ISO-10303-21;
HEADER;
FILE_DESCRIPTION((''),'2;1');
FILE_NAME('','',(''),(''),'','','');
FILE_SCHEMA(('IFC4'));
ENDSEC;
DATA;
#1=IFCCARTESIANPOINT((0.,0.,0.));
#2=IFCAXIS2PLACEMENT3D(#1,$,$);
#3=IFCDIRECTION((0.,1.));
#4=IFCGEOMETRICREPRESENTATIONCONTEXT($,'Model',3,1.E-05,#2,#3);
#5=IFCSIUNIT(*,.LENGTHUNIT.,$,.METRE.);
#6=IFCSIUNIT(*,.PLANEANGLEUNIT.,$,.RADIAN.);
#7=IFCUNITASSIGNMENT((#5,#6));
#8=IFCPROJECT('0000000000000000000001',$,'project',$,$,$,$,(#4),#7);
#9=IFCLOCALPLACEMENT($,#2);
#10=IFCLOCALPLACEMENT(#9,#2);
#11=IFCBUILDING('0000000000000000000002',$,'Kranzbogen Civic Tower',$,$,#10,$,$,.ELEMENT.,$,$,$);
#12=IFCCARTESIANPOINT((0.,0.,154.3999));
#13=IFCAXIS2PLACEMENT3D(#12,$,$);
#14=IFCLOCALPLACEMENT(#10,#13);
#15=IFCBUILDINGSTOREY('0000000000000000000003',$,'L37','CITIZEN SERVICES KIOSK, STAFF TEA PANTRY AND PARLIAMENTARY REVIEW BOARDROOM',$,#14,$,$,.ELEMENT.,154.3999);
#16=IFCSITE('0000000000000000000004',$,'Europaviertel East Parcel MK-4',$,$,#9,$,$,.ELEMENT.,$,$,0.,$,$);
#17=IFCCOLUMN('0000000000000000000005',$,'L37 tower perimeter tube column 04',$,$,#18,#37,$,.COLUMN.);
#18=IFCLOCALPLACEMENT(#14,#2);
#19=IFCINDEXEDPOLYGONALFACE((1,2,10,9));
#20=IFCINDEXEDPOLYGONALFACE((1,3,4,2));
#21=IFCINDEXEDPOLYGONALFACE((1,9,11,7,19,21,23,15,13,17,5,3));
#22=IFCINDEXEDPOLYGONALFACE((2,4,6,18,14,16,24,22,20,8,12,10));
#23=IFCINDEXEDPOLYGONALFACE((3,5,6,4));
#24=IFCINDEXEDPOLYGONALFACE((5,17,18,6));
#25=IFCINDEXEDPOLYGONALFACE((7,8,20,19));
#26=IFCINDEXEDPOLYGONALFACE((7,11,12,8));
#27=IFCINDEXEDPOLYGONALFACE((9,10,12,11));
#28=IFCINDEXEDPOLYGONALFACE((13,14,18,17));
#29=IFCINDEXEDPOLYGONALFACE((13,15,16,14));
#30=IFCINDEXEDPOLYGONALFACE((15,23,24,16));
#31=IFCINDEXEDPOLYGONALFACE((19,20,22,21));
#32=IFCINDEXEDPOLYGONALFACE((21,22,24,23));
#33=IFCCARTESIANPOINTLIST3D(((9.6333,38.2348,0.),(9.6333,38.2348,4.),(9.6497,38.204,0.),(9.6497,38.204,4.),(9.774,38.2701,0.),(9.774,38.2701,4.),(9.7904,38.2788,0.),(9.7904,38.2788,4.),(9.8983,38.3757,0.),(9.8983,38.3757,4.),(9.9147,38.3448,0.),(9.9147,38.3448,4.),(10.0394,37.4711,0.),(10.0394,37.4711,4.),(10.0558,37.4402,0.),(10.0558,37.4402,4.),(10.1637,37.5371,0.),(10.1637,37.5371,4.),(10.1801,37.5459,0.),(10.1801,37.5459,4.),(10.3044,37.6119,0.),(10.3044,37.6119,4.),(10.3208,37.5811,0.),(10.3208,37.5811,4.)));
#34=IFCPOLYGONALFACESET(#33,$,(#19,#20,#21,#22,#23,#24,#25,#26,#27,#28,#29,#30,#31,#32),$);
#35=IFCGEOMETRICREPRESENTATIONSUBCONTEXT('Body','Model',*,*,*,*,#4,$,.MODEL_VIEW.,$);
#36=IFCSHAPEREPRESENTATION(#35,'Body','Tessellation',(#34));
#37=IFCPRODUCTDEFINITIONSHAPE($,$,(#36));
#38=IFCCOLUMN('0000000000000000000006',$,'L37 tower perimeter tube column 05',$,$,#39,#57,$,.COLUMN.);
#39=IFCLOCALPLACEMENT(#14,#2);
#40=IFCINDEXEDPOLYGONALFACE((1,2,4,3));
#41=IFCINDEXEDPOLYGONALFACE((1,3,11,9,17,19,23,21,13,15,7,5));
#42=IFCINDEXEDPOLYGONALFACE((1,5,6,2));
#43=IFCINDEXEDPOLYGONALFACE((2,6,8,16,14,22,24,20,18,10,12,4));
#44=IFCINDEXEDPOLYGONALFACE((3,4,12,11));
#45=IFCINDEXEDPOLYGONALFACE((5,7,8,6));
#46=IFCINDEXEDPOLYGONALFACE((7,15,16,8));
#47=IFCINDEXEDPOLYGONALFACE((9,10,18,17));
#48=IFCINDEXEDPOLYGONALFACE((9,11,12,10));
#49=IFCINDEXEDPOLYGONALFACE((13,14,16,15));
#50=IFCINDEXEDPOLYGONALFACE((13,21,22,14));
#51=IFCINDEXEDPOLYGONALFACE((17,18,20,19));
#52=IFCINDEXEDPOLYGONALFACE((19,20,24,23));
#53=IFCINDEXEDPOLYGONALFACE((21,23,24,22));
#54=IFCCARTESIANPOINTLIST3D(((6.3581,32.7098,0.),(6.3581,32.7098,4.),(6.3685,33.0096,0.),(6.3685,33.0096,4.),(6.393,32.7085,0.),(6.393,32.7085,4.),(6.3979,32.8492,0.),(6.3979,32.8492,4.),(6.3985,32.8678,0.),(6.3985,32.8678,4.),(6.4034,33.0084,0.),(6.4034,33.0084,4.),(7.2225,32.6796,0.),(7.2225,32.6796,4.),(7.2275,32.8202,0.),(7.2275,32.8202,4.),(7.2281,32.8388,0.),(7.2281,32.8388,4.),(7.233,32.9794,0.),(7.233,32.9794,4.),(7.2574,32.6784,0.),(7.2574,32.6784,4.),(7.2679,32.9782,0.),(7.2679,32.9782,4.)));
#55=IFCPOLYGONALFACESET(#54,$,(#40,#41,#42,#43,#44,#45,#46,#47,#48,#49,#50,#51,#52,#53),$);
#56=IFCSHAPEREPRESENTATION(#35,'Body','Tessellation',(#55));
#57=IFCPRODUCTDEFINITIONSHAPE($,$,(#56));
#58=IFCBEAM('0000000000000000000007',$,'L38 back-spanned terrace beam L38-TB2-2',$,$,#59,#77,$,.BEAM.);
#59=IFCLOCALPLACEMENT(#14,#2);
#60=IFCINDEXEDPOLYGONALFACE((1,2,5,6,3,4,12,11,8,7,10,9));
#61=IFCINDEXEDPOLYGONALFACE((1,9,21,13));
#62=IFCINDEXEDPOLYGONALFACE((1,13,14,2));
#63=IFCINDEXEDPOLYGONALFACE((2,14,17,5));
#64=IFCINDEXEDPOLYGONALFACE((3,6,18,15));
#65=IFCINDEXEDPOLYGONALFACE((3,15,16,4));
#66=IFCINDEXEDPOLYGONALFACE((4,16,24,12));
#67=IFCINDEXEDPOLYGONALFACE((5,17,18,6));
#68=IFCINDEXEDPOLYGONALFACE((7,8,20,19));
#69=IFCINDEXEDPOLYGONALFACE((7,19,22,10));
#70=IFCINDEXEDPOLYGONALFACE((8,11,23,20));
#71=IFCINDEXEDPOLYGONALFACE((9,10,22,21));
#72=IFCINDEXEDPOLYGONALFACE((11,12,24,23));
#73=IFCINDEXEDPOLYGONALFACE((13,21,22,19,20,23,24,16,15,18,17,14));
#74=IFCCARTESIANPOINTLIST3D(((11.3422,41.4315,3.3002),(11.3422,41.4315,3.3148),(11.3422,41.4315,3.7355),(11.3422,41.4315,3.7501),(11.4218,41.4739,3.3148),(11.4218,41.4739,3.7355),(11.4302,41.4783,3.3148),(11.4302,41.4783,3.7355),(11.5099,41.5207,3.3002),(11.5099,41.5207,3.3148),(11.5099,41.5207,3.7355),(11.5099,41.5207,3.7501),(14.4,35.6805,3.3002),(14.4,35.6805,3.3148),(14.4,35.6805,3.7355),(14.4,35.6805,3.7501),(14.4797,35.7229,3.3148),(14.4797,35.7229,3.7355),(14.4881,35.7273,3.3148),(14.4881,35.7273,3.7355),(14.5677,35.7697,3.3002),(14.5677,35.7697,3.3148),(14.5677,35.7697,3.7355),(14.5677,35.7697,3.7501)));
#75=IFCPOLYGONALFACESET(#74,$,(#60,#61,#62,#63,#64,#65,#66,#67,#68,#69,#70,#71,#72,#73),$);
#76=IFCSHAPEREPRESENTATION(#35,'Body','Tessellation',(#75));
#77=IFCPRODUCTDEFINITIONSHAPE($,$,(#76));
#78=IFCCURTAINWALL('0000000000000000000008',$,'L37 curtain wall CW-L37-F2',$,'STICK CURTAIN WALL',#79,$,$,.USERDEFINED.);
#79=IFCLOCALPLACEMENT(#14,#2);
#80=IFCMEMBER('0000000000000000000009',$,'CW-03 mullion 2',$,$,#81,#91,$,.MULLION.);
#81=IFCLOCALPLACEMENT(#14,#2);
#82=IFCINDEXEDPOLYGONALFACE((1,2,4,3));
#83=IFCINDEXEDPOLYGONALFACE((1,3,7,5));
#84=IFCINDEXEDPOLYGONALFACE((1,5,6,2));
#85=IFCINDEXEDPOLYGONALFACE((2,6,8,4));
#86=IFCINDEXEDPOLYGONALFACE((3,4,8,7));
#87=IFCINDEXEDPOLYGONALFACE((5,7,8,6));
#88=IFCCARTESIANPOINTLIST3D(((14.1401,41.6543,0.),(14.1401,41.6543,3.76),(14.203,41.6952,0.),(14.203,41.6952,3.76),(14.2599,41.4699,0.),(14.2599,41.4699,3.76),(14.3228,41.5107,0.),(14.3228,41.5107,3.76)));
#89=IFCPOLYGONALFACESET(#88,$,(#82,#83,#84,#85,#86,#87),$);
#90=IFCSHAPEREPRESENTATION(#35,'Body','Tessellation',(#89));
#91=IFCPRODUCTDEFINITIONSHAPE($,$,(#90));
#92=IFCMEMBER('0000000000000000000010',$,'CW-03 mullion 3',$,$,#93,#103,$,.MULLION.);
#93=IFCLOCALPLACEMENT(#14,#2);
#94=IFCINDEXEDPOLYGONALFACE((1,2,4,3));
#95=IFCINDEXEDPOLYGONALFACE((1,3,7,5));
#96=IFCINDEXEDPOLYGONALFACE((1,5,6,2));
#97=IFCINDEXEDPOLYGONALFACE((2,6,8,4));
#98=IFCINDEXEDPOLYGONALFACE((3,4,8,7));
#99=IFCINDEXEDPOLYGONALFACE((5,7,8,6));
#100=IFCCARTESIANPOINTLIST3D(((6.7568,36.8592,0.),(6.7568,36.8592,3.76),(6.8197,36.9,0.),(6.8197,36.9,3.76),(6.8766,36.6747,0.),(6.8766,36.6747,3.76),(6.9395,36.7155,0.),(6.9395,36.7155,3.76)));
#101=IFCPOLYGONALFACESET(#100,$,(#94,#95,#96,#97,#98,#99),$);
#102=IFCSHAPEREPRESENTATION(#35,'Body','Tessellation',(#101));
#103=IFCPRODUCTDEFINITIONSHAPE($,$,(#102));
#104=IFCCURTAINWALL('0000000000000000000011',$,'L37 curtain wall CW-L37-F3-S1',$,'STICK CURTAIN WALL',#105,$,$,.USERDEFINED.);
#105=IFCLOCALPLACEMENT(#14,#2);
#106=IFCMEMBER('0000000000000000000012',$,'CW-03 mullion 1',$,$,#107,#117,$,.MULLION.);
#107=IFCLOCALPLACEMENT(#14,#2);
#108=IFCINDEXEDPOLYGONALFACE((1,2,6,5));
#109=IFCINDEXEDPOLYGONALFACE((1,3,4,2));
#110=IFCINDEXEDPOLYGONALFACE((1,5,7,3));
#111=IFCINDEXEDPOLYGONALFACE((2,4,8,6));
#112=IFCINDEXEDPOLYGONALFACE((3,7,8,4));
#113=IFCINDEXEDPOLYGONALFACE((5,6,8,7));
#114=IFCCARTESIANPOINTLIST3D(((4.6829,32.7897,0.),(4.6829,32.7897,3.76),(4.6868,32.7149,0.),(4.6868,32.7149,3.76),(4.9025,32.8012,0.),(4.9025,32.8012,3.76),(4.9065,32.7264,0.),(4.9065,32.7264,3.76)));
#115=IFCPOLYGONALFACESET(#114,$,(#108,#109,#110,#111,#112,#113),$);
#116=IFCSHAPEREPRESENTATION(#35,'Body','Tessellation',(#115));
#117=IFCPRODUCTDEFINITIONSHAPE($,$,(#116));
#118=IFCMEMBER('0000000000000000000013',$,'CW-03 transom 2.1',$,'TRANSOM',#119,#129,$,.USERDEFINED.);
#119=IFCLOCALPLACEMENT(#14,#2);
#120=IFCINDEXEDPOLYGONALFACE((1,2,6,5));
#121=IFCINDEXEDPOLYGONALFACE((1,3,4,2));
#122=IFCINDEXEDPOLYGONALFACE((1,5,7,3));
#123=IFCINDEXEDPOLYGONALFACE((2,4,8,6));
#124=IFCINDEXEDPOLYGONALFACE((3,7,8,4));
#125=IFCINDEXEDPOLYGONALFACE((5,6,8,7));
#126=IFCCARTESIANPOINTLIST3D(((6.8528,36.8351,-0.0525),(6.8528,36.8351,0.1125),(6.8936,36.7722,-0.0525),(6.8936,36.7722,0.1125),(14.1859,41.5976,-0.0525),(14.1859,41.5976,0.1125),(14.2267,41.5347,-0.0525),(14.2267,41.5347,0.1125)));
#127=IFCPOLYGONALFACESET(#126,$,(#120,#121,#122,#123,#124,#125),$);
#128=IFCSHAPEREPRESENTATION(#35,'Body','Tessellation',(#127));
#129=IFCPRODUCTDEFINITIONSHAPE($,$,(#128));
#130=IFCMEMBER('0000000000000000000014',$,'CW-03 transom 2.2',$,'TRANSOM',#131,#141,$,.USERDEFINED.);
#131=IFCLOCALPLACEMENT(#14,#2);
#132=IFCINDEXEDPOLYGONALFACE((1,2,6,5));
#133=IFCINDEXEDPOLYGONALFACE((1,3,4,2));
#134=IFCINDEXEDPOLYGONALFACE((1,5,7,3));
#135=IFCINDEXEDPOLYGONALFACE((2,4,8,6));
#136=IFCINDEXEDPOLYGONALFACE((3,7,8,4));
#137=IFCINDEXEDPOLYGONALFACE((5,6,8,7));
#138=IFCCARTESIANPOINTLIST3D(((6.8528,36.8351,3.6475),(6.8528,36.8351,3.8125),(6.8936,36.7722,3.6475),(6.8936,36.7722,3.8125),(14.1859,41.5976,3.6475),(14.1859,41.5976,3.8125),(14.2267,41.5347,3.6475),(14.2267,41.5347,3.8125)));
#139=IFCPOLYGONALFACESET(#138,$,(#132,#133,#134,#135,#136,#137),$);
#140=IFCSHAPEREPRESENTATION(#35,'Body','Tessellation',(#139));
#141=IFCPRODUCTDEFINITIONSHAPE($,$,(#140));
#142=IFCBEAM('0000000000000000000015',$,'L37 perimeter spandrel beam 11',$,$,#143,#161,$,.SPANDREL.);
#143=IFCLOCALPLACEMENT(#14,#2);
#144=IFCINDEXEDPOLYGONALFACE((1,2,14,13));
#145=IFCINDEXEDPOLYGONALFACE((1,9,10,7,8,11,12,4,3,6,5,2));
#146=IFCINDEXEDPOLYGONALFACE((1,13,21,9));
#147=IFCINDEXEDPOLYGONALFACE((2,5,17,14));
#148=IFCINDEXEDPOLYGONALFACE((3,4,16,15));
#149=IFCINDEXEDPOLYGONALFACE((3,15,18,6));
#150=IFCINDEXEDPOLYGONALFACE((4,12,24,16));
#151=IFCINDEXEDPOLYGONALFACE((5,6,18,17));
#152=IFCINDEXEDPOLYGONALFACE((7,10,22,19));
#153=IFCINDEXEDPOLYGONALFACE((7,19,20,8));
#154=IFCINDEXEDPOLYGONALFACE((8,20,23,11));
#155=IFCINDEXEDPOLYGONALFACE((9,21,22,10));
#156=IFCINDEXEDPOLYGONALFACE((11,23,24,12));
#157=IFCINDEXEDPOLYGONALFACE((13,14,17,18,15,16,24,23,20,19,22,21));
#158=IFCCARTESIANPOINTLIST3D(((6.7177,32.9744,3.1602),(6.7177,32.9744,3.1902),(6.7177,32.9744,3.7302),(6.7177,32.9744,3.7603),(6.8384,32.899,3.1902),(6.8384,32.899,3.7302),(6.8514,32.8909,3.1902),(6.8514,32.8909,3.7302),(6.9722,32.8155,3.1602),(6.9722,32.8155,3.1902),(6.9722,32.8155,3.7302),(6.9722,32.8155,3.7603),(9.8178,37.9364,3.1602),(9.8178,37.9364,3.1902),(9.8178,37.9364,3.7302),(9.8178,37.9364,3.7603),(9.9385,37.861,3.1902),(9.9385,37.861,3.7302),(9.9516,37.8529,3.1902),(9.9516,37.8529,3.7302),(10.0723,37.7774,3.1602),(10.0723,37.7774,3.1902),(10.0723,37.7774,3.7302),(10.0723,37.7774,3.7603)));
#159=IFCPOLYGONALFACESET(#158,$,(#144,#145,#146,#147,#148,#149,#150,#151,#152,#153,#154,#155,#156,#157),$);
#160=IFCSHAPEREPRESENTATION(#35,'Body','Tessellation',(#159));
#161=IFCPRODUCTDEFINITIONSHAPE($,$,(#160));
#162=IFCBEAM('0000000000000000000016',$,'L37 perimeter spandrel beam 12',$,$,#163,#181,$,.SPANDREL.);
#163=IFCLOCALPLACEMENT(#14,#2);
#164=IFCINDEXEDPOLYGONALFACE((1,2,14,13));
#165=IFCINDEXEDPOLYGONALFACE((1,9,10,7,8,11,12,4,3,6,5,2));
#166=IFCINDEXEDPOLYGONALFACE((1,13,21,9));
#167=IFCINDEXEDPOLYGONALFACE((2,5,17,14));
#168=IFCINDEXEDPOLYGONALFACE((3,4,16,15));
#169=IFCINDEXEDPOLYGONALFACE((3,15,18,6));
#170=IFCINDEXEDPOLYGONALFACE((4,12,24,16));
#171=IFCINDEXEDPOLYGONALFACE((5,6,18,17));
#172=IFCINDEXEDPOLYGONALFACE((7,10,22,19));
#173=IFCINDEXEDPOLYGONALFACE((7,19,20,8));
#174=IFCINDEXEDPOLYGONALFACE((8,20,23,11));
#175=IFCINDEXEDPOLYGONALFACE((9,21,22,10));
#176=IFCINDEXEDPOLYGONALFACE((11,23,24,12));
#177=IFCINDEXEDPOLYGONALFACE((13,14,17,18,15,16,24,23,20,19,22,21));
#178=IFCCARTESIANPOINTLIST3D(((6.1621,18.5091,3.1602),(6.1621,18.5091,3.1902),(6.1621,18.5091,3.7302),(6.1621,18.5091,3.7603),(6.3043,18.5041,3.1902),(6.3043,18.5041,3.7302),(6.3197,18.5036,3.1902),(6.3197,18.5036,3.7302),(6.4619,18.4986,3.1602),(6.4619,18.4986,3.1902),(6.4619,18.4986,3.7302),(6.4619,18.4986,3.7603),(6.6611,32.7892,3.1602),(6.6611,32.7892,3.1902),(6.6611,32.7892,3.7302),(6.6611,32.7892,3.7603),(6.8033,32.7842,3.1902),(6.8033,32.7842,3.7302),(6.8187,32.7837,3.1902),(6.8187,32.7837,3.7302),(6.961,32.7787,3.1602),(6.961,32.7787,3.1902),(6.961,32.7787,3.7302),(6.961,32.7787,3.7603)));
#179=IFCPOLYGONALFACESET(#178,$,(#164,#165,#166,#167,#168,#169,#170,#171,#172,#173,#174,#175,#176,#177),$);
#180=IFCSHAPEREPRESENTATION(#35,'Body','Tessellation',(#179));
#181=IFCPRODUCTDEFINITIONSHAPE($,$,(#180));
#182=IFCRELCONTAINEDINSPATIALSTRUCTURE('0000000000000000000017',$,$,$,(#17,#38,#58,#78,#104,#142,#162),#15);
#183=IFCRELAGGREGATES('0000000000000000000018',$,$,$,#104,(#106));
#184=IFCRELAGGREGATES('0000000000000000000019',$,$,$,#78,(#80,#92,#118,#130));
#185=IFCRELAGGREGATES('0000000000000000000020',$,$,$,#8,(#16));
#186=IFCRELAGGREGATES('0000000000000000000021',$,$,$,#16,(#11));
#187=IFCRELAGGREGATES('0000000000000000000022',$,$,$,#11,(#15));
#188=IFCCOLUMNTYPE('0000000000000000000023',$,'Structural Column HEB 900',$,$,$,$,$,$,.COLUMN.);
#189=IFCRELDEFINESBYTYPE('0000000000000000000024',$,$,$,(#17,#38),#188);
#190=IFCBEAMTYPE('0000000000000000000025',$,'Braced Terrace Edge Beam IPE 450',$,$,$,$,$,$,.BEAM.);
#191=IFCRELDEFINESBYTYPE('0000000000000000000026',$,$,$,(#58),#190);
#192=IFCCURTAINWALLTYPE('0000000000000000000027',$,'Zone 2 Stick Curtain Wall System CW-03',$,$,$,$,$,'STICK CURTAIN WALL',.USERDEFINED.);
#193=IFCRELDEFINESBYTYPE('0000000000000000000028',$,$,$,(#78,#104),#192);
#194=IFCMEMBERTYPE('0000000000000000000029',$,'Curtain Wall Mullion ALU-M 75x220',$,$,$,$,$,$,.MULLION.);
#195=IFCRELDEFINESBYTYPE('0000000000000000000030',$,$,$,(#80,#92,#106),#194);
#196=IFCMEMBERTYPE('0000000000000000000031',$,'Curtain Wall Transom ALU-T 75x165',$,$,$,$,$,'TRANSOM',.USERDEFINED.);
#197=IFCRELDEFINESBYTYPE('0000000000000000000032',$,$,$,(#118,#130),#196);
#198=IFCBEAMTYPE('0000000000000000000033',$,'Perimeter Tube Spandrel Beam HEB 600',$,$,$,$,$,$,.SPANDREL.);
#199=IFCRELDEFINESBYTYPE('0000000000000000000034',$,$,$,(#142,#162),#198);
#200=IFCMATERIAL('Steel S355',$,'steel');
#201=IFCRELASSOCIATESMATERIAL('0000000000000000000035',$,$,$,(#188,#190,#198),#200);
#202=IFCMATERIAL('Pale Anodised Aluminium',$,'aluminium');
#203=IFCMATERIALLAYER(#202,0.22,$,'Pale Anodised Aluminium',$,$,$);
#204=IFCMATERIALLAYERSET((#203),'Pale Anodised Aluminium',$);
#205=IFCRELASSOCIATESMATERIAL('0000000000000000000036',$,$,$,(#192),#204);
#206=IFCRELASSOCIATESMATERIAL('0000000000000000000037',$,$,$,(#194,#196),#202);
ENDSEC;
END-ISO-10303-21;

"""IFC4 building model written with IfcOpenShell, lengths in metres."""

from ifc_helpers import new_model, si_unit, direction, frame, origin, origin_2d, place, context, subcontext, project, spatial, rectangle, i_section, extrude, material, layer, layer_set, material_profile, profile_set, type_object, element, aggregate, save


model = new_model("IFC4")

# Units and contexts
model_context = context("Model", 3, precision=1e-05, world=origin(), true_north=direction((0.0, 1.0)))
body_context = subcontext(model_context, "Body", "Model", "MODEL_VIEW")
ifc_project = project(units=[si_unit("LENGTHUNIT", "METRE"), si_unit("PLANEANGLEUNIT", "RADIAN")], contexts=[model_context])

# Site, building, storey
site_placement = place(None, origin())
site = spatial("IfcSite", under=ifc_project, at=site_placement, Name="Europaviertel East Parcel MK-4", CompositionType="ELEMENT", RefElevation=0.0)
building_placement = place(site_placement, origin())
building = spatial("IfcBuilding", under=site, at=building_placement, Name="Kranzbogen Civic Tower", CompositionType="ELEMENT")
storey_placement = place(building_placement, frame((0.0, 0.0, 154.3999)))
storey = spatial("IfcBuildingStorey", under=building, at=storey_placement, Name="L37", Description="CITIZEN SERVICES KIOSK, STAFF TEA PANTRY AND PARLIAMENTARY REVIEW BOARDROOM", CompositionType="ELEMENT", Elevation=154.3999)

# Columns
ifc_material_1 = material(Name="Steel S355", Category="steel")
ifc_material_profile_1 = material_profile(ifc_material_1, i_section(OverallWidth=0.3, OverallDepth=0.8999, WebThickness=0.0186, FlangeThickness=0.0349, at=origin_2d()), Name="HEB 900")
ifc_profile_set_1 = profile_set([ifc_material_profile_1], Name="Steel S355")
column_type = type_object("IfcColumnType", Name="Structural Column HEB 900", PredefinedType="COLUMN", material=ifc_profile_set_1)
for number, where, z_axis, x_axis, name in (
    (1, (9.9771, 37.908, 0.0), (0.0, 0.0, 1.0), (0.882948, 0.469472, 0.0), "L37 tower perimeter tube column 04"),
    (2, (6.813, 32.844, 0.0), (0.0, 0.0, 1.0), (0.034899, 0.999391, 0.0), "L37 tower perimeter tube column 05"),
):
    element("IfcColumn", number, at=place(storey_placement, frame(where, z_axis=z_axis, x_axis=x_axis)), inside=storey, type_object=column_type, Name=name, PredefinedType="COLUMN", context=body_context, shape_type="SweptSolid", body=[
        extrude(i_section(OverallWidth=0.3, OverallDepth=0.8999, WebThickness=0.0186, FlangeThickness=0.0349, at=origin_2d()), origin(), (0.0, 0.0, 1.0), 4.0),
    ])

# Beam
ifc_material_profile_2 = material_profile(ifc_material_1, i_section(OverallWidth=0.1899, OverallDepth=0.45, WebThickness=0.0095, FlangeThickness=0.0146, at=origin_2d()), Name="IPE 450")
ifc_profile_set_2 = profile_set([ifc_material_profile_2], Name="Steel S355")
beam_type_1 = type_object("IfcBeamType", Name="Braced Terrace Edge Beam IPE 450", PredefinedType="BEAM", material=ifc_profile_set_2)
beam_1_placement = place(storey_placement, frame((14.4839, 35.7251, 3.5251), z_axis=(-0.469473, 0.882947, 0.0), x_axis=(-0.882947, -0.469473, 0.0)))
element("IfcBeam", 3, at=beam_1_placement, inside=storey, type_object=beam_type_1, Name="L38 back-spanned terrace beam L38-TB2-2", PredefinedType="BEAM", context=body_context, shape_type="SweptSolid", body=[
    extrude(i_section(OverallWidth=0.1899, OverallDepth=0.45, WebThickness=0.0095, FlangeThickness=0.0146, at=origin_2d()), origin(), (0.0, 0.0, 1.0), 6.5134),
])

# Curtain wall, members
ifc_material_2 = material(Name="Pale Anodised Aluminium", Category="aluminium")
ifc_layer_1 = layer(ifc_material_2, 0.22, Name="Pale Anodised Aluminium")
ifc_layer_set_1 = layer_set([ifc_layer_1], Name="Pale Anodised Aluminium")
curtain_wall_type = type_object("IfcCurtainWallType", Name="Zone 2 Stick Curtain Wall System CW-03", ElementType="STICK CURTAIN WALL", PredefinedType="USERDEFINED", material=ifc_layer_set_1)
curtain_wall_1_placement = place(storey_placement, origin())
curtain_wall_1 = element("IfcCurtainWall", 4, at=curtain_wall_1_placement, inside=storey, type_object=curtain_wall_type, Name="L37 curtain wall CW-L37-F2", ObjectType="STICK CURTAIN WALL", PredefinedType="USERDEFINED")
ifc_material_profile_3 = material_profile(ifc_material_2, rectangle(XDim=0.075, YDim=0.22, at=origin_2d()), Name="ALU-M 75x220")
ifc_profile_set_3 = profile_set([ifc_material_profile_3], Name="Pale Anodised Aluminium")
member_type_1 = type_object("IfcMemberType", Name="Curtain Wall Mullion ALU-M 75x220", PredefinedType="MULLION", material=ifc_profile_set_3)
member_1_placement = place(storey_placement, frame((14.2314, 41.5825, 0.0), z_axis=(0.0, 0.0, 1.0), x_axis=(-0.838652, -0.544668, 0.0)))
member_1 = element("IfcMember", 5, at=member_1_placement, type_object=member_type_1, Name="CW-03 mullion 2", PredefinedType="MULLION", context=body_context, shape_type="SweptSolid", body=[
    extrude(rectangle(XDim=0.075, YDim=0.22, at=origin_2d()), origin(), (0.0, 0.0, 1.0), 3.76),
])
member_2_placement = place(storey_placement, frame((6.8481, 36.7874, 0.0), z_axis=(0.0, 0.0, 1.0), x_axis=(-0.838652, -0.544668, 0.0)))
member_2 = element("IfcMember", 6, at=member_2_placement, type_object=member_type_1, Name="CW-03 mullion 3", PredefinedType="MULLION", context=body_context, shape_type="SweptSolid", body=[
    extrude(rectangle(XDim=0.075, YDim=0.22, at=origin_2d()), origin(), (0.0, 0.0, 1.0), 3.76),
])

# Curtain wall, member
curtain_wall_2_placement = place(storey_placement, origin())
curtain_wall_2 = element("IfcCurtainWall", 7, at=curtain_wall_2_placement, inside=storey, type_object=curtain_wall_type, Name="L37 curtain wall CW-L37-F3-S1", ObjectType="STICK CURTAIN WALL", PredefinedType="USERDEFINED")
member_3_placement = place(storey_placement, frame((4.7947, 32.7581, 0.0), z_axis=(0.0, 0.0, 1.0), x_axis=(0.052394, -0.998626, 0.0)))
member_3 = element("IfcMember", 8, at=member_3_placement, type_object=member_type_1, Name="CW-03 mullion 1", PredefinedType="MULLION", context=body_context, shape_type="SweptSolid", body=[
    extrude(rectangle(XDim=0.075, YDim=0.22, at=origin_2d()), origin(), (0.0, 0.0, 1.0), 3.76),
])
aggregate(curtain_wall_2, [member_3])

# Members
ifc_material_profile_4 = material_profile(ifc_material_2, rectangle(XDim=0.075, YDim=0.165, at=origin_2d()), Name="ALU-T 75x165")
ifc_profile_set_4 = profile_set([ifc_material_profile_4], Name="Pale Anodised Aluminium")
member_type_2 = type_object("IfcMemberType", Name="Curtain Wall Transom ALU-T 75x165", ElementType="TRANSOM", PredefinedType="USERDEFINED", material=ifc_profile_set_4)
member_4_placement = place(storey_placement, frame((14.2063, 41.5662, 0.03), z_axis=(-0.838653, -0.544666, 0.0), x_axis=(0.544666, -0.838653, 0.0)))
member_4 = element("IfcMember", 9, at=member_4_placement, type_object=member_type_2, Name="CW-03 transom 2.1", ObjectType="TRANSOM", PredefinedType="USERDEFINED", context=body_context, shape_type="SweptSolid", body=[
    extrude(rectangle(XDim=0.075, YDim=0.165, at=origin_2d()), origin(), (0.0, 0.0, 1.0), 8.7439),
])
member_5_placement = place(storey_placement, frame((14.2063, 41.5662, 3.73), z_axis=(-0.838653, -0.544666, 0.0), x_axis=(0.544666, -0.838653, 0.0)))
member_5 = element("IfcMember", 10, at=member_5_placement, type_object=member_type_2, Name="CW-03 transom 2.2", ObjectType="TRANSOM", PredefinedType="USERDEFINED", context=body_context, shape_type="SweptSolid", body=[
    extrude(rectangle(XDim=0.075, YDim=0.165, at=origin_2d()), origin(), (0.0, 0.0, 1.0), 8.7439),
])

# Beams
ifc_material_profile_5 = material_profile(ifc_material_1, i_section(OverallWidth=0.3, OverallDepth=0.6001, WebThickness=0.0154, FlangeThickness=0.03, at=origin_2d()), Name="HEB 600")
ifc_profile_set_5 = profile_set([ifc_material_profile_5], Name="Steel S355")
beam_type_2 = type_object("IfcBeamType", Name="Perimeter Tube Spandrel Beam HEB 600", PredefinedType="SPANDREL", material=ifc_profile_set_5)
beam_2_placement = place(storey_placement, frame((9.9451, 37.8569, 3.4602), z_axis=(-0.529864, -0.848083, 0.0), x_axis=(0.848083, -0.529864, 0.0)))
element("IfcBeam", 11, at=beam_2_placement, inside=storey, type_object=beam_type_2, Name="L37 perimeter spandrel beam 11", PredefinedType="SPANDREL", context=body_context, shape_type="SweptSolid", body=[
    extrude(i_section(OverallWidth=0.3, OverallDepth=0.6001, WebThickness=0.0154, FlangeThickness=0.03, at=origin_2d()), origin(), (0.0, 0.0, 1.0), 5.8508),
])
beam_3_placement = place(storey_placement, frame((6.811, 32.7839, 3.4602), z_axis=(-0.034924, -0.99939, 0.0), x_axis=(0.99939, -0.034924, 0.0)))
element("IfcBeam", 12, at=beam_3_placement, inside=storey, type_object=beam_type_2, Name="L37 perimeter spandrel beam 12", PredefinedType="SPANDREL", context=body_context, shape_type="SweptSolid", body=[
    extrude(i_section(OverallWidth=0.3, OverallDepth=0.6001, WebThickness=0.0154, FlangeThickness=0.03, at=origin_2d()), origin(), (0.0, 0.0, 1.0), 14.2888),
])

aggregate(curtain_wall_1, [member_1, member_2, member_4, member_5])

save(model, "model.ifc")
